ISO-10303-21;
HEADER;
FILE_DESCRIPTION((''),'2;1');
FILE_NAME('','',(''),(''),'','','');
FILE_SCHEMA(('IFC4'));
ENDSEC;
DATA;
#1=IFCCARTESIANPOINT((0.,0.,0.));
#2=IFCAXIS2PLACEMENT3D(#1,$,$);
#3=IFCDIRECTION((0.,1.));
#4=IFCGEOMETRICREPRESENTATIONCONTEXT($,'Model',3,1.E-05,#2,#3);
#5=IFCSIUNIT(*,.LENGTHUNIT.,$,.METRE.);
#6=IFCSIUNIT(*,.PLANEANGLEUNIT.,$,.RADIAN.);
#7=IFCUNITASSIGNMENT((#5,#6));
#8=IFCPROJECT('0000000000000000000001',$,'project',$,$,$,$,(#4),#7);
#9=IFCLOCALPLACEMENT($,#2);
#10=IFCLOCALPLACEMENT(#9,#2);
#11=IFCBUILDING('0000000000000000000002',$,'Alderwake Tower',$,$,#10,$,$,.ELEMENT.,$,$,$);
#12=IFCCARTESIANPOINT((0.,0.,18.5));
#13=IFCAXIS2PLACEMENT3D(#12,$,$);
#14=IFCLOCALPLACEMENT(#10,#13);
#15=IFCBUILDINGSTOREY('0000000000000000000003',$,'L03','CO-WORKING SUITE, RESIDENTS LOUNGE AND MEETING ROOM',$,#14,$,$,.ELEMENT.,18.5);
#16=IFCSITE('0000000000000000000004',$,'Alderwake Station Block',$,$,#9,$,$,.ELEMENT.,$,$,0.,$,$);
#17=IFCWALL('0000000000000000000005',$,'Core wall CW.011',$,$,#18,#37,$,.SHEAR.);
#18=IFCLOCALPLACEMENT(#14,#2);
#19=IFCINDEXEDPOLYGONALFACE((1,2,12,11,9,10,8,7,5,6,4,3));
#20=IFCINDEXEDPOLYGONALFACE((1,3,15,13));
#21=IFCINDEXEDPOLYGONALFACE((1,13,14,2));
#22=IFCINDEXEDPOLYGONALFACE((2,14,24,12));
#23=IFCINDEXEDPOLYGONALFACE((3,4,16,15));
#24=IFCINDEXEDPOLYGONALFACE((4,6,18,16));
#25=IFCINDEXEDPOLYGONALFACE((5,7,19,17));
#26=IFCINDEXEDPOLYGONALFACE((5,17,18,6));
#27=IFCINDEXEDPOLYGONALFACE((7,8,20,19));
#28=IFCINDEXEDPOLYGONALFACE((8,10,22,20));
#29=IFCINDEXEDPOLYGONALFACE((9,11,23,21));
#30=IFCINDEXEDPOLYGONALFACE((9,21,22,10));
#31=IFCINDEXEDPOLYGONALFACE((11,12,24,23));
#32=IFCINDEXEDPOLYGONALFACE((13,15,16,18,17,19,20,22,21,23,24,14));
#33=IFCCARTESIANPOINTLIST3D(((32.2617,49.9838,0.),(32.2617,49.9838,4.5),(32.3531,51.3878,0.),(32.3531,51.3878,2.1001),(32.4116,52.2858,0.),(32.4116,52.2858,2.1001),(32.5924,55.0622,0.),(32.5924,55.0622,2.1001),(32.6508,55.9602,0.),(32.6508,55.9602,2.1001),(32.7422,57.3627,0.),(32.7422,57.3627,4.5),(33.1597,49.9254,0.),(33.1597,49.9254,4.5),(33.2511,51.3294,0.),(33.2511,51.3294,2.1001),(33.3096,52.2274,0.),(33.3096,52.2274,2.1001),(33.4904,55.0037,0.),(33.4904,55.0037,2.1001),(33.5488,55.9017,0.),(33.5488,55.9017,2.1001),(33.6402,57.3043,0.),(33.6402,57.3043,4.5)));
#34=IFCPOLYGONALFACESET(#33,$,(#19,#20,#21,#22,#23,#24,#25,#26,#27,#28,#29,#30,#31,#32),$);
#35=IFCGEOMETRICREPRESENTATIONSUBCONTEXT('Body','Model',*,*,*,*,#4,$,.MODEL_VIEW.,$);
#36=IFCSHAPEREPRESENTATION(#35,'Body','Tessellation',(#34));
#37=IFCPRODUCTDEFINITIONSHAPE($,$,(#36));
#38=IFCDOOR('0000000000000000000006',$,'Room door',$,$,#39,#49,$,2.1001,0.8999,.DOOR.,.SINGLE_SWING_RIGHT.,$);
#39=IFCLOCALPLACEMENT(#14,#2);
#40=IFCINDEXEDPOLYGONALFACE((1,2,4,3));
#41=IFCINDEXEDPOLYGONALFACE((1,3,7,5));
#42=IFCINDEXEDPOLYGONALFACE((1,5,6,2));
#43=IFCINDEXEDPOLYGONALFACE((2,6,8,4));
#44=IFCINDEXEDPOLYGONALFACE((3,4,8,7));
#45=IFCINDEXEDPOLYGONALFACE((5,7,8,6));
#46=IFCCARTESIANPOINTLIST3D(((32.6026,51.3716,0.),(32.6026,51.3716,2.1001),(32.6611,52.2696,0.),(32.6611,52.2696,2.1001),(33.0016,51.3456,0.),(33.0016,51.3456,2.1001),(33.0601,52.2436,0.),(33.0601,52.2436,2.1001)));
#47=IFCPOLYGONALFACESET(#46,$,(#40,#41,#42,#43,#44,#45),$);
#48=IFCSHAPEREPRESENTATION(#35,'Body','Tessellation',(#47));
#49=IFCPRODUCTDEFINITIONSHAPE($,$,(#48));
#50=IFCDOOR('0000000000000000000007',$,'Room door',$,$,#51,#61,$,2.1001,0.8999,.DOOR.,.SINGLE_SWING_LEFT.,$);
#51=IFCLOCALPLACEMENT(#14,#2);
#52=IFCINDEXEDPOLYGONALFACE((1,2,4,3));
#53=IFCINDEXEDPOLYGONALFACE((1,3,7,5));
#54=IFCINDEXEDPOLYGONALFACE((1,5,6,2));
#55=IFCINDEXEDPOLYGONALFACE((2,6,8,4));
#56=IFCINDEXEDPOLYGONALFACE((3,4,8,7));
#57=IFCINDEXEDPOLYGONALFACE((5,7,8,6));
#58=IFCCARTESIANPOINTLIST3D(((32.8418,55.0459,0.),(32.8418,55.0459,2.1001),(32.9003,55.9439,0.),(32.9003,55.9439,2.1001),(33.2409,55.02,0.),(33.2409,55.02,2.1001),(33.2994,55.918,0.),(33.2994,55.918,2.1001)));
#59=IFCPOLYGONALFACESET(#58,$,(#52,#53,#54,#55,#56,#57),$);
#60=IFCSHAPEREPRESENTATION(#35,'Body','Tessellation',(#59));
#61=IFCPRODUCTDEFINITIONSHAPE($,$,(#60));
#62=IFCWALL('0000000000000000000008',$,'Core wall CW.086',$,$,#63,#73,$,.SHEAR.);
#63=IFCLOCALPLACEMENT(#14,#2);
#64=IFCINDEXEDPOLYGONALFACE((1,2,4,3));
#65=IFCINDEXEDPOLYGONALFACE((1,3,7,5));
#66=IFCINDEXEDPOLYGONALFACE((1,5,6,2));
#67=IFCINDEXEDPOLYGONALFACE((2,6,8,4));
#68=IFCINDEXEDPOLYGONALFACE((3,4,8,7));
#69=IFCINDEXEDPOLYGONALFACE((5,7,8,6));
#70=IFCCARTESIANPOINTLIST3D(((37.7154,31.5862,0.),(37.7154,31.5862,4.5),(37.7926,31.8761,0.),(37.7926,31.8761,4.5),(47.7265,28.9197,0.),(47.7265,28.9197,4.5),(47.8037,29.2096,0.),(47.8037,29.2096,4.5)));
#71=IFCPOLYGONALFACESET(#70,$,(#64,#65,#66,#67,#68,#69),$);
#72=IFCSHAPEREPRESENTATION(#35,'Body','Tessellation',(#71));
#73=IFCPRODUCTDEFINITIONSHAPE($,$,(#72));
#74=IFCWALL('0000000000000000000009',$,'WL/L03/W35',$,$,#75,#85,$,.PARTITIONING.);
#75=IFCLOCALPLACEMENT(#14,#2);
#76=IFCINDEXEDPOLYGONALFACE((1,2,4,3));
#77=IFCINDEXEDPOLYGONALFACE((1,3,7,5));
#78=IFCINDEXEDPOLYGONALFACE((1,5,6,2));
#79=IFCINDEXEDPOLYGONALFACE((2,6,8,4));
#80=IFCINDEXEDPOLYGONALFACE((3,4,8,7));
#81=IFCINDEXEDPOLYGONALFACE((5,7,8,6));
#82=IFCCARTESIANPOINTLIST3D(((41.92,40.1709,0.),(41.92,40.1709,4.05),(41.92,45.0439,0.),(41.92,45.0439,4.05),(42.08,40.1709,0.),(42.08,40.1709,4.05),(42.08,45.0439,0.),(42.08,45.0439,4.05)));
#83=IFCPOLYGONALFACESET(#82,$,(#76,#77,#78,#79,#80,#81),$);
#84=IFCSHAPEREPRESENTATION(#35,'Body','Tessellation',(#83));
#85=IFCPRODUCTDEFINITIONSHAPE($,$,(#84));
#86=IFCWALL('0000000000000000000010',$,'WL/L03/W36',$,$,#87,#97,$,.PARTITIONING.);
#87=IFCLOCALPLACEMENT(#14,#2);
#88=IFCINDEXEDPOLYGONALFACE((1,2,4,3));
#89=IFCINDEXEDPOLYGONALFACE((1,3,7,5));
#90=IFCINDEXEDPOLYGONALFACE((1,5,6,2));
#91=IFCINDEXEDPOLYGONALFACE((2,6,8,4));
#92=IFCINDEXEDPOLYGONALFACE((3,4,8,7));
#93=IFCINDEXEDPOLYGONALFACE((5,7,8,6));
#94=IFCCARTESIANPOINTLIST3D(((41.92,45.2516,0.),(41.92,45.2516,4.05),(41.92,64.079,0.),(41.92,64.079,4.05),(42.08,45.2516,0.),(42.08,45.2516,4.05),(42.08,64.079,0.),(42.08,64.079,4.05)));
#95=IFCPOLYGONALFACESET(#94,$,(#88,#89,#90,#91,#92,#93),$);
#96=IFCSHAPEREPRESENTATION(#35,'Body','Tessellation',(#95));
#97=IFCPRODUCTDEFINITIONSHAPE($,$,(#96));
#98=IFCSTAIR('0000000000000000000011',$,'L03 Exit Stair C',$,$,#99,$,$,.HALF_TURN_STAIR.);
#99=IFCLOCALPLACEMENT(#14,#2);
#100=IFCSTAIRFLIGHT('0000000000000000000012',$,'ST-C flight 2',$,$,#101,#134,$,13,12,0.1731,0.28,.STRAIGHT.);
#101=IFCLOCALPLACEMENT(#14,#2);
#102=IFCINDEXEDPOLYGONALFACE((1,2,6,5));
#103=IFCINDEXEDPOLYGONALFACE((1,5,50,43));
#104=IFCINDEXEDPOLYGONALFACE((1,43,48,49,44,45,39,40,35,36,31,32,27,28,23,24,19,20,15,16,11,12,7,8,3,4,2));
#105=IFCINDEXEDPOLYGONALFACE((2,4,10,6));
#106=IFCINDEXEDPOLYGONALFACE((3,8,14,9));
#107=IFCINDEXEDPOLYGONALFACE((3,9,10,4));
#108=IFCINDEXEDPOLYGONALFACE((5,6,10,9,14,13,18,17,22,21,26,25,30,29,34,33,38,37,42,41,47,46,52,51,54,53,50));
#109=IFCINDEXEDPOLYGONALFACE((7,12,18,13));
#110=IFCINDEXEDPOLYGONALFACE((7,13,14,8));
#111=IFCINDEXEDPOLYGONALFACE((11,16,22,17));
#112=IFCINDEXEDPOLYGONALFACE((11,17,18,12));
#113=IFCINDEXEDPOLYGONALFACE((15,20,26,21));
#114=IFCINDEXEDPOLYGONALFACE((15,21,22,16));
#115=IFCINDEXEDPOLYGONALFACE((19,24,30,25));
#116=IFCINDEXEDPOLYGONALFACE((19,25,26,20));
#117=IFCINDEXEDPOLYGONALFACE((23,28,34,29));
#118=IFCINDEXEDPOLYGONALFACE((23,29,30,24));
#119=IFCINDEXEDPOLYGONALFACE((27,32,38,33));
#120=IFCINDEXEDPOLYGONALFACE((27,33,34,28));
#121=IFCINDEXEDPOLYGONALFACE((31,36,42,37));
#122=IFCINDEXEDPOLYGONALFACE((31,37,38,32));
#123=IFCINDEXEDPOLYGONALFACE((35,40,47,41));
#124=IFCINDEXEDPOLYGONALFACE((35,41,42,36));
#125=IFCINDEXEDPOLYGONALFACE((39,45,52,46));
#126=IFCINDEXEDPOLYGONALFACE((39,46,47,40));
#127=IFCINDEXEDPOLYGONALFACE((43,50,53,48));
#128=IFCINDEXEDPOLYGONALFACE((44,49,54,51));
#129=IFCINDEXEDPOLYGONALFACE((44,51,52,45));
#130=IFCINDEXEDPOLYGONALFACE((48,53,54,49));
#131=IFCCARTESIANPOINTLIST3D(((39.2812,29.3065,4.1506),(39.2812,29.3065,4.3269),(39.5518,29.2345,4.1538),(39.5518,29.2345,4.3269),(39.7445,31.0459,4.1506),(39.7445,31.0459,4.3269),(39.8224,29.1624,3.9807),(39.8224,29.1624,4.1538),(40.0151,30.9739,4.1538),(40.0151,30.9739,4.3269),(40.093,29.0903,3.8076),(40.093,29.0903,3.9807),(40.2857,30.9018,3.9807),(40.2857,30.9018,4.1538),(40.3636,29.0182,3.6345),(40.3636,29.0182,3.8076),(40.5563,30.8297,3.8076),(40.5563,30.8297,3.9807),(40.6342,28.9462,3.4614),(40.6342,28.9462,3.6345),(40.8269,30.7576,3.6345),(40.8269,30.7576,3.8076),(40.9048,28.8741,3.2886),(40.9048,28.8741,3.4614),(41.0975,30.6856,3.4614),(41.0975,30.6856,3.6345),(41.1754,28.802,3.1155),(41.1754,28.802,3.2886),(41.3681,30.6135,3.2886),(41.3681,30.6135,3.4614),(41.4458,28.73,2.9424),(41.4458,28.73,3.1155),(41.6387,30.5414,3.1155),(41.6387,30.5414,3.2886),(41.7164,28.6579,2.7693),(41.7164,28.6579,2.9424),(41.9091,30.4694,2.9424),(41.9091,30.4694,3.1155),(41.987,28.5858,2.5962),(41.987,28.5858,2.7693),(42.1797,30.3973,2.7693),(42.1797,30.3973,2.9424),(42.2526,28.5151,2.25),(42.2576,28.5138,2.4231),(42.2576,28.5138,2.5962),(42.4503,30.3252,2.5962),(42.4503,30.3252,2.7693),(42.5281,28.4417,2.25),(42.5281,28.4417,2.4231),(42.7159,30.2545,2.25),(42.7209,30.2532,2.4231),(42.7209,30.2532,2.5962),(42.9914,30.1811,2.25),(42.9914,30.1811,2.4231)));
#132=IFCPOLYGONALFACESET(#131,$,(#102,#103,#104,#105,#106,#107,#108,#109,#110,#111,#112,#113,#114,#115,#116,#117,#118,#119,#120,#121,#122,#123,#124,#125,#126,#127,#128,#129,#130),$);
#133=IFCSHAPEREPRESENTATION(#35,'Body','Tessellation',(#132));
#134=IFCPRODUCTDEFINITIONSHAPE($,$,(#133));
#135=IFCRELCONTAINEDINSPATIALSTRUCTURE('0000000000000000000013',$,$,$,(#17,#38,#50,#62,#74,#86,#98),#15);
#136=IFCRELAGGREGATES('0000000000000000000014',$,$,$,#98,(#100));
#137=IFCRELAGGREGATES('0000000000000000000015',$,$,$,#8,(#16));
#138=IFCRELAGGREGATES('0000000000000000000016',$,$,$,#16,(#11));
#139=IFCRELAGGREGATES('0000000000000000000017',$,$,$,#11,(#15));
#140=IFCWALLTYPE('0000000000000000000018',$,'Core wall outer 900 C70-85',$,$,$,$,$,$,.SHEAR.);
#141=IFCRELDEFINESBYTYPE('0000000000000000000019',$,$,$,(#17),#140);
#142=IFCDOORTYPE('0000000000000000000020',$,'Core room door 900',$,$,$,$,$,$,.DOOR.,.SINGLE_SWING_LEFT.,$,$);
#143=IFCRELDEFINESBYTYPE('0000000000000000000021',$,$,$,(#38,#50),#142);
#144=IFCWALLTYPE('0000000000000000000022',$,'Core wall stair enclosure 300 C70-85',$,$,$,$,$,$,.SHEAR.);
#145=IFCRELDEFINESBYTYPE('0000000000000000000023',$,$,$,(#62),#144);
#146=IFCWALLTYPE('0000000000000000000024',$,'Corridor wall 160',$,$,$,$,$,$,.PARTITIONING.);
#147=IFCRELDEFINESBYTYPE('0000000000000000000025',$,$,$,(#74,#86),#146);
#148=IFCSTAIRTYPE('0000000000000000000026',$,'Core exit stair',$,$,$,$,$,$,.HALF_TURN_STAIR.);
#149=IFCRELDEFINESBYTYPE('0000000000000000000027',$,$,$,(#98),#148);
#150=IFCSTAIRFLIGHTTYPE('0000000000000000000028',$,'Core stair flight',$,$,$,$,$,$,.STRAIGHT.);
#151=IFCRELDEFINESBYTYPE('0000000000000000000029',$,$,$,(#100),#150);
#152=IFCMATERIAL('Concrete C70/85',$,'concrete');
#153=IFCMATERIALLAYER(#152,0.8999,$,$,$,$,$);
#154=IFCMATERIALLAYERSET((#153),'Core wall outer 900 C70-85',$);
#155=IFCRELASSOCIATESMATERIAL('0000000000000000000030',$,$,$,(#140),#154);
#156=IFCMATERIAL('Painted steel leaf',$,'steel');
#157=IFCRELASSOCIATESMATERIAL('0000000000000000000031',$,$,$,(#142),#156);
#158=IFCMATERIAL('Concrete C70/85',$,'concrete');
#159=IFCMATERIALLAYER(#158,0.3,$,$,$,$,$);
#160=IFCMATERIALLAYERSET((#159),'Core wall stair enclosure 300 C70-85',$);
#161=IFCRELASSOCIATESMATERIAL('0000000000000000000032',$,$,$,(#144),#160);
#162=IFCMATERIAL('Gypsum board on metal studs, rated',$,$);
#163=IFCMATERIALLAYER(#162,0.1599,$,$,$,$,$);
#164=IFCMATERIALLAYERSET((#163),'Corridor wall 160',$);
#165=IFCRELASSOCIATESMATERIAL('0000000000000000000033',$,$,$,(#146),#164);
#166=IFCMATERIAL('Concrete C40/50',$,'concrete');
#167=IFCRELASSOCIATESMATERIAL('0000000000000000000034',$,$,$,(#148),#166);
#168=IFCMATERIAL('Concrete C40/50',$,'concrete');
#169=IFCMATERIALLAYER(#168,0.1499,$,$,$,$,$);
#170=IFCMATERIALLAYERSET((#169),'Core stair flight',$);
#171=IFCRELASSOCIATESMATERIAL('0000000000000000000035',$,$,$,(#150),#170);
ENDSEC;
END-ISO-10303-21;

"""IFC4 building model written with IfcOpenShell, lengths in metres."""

from ifc_helpers import new_model, si_unit, direction, frame, frame_2d, origin, place, context, subcontext, project, spatial, polyline, rectangle, outline, extrude, material, layer, layer_set, type_object, element, fill, aggregate, save


model = new_model("IFC4")

# Units and contexts
model_context = context("Model", 3, precision=1e-05, world=origin(), true_north=direction((0.0, 1.0)))
body_context = subcontext(model_context, "Body", "Model", "MODEL_VIEW")
ifc_project = project(units=[si_unit("LENGTHUNIT", "METRE"), si_unit("PLANEANGLEUNIT", "RADIAN")], contexts=[model_context])

# Site, building, storey
site_placement = place(None, origin())
site = spatial("IfcSite", under=ifc_project, at=site_placement, Name="Alderwake Station Block", CompositionType="ELEMENT", RefElevation=0.0)
building_placement = place(site_placement, origin())
building = spatial("IfcBuilding", under=site, at=building_placement, Name="Alderwake Tower", CompositionType="ELEMENT")
storey_placement = place(building_placement, frame((0.0, 0.0, 18.5)))
storey = spatial("IfcBuildingStorey", under=building, at=storey_placement, Name="L03", Description="CO-WORKING SUITE, RESIDENTS LOUNGE AND MEETING ROOM", CompositionType="ELEMENT", Elevation=18.5)

# Wall, openings, doors
ifc_material_1 = material(Name="Concrete C70/85", Category="concrete")
ifc_layer_1 = layer(ifc_material_1, 0.8999)
ifc_layer_set_1 = layer_set([ifc_layer_1], Name="Core wall outer 900 C70-85")
wall_type_1 = type_object("IfcWallType", Name="Core wall outer 900 C70-85", PredefinedType="SHEAR", material=ifc_layer_set_1)
ifc_material_2 = material(Name="Painted steel leaf", Category="steel")
door_type = type_object("IfcDoorType", Name="Core room door 900", OperationType="SINGLE_SWING_LEFT", PredefinedType="DOOR", material=ifc_material_2)
wall_1_placement = place(storey_placement, frame((33.1912, 57.3335, 0.0), z_axis=(0.0, 0.0, 1.0), x_axis=(-0.064976, -0.997887, 0.0)))
wall_1 = element("IfcWall", 1, at=wall_1_placement, inside=storey, type_object=wall_type_1, Name="Core wall CW.011", PredefinedType="SHEAR", context=body_context, shape_type="SweptSolid", body=[
    extrude(rectangle(XDim=7.3945, YDim=0.8999, at=frame_2d((3.6973, 0.0))), origin(), (0.0, 0.0, 1.0), 4.5),
])
opening_1_placement = place(wall_1_placement, frame((5.0876, 0.0, 0.0)))
opening_1 = element("IfcOpeningElement", 2, at=opening_1_placement, cuts=wall_1, PredefinedType="OPENING", context=body_context, shape_type="SweptSolid", body=[
    extrude(rectangle(XDim=0.8999, YDim=2.1001, at=frame_2d((0.45, 1.05))), frame((0.0, 0.46, 0.0), z_axis=(0.0, -1.0, 0.0), x_axis=(1.0, 0.0, 0.0)), (0.0, 0.0, 1.0), 0.9199),
])
opening_2_placement = place(wall_1_placement, frame((1.4055, 0.0, 0.0)))
opening_2 = element("IfcOpeningElement", 3, at=opening_2_placement, cuts=wall_1, PredefinedType="OPENING", context=body_context, shape_type="SweptSolid", body=[
    extrude(rectangle(XDim=0.8999, YDim=2.1001, at=frame_2d((0.45, 1.05))), frame((0.0, 0.46, 0.0), z_axis=(0.0, -1.0, 0.0), x_axis=(1.0, 0.0, 0.0)), (0.0, 0.0, 1.0), 0.9199),
])
door_1_placement = place(opening_1_placement, origin())
door_1 = element("IfcDoor", 4, at=door_1_placement, inside=storey, type_object=door_type, Name="Room door", OperationType="SINGLE_SWING_RIGHT", OverallHeight=2.1001, OverallWidth=0.8999, PredefinedType="DOOR", context=body_context, shape_type="SweptSolid", body=[
    extrude(rectangle(XDim=0.8999, YDim=2.1001, at=frame_2d((0.45, 1.05))), frame((0.0, 0.2, 0.0), z_axis=(0.0, -1.0, 0.0), x_axis=(1.0, 0.0, 0.0)), (0.0, 0.0, 1.0), 0.3999),
])
fill(opening_1, door_1)
door_2_placement = place(opening_2_placement, origin())
door_2 = element("IfcDoor", 5, at=door_2_placement, inside=storey, type_object=door_type, Name="Room door", OperationType="SINGLE_SWING_LEFT", OverallHeight=2.1001, OverallWidth=0.8999, PredefinedType="DOOR", context=body_context, shape_type="SweptSolid", body=[
    extrude(rectangle(XDim=0.8999, YDim=2.1001, at=frame_2d((0.45, 1.05))), frame((0.0, 0.2, 0.0), z_axis=(0.0, -1.0, 0.0), x_axis=(1.0, 0.0, 0.0)), (0.0, 0.0, 1.0), 0.3999),
])
fill(opening_2, door_2)

# Walls
ifc_material_3 = material(Name="Concrete C70/85", Category="concrete")
ifc_layer_2 = layer(ifc_material_3, 0.3)
ifc_layer_set_2 = layer_set([ifc_layer_2], Name="Core wall stair enclosure 300 C70-85")
wall_type_2 = type_object("IfcWallType", Name="Core wall stair enclosure 300 C70-85", PredefinedType="SHEAR", material=ifc_layer_set_2)
wall_2_placement = place(storey_placement, frame((37.7539, 31.7312, 0.0), z_axis=(0.0, 0.0, 1.0), x_axis=(0.966309, -0.257384, 0.0)))
element("IfcWall", 6, at=wall_2_placement, inside=storey, type_object=wall_type_2, Name="Core wall CW.086", PredefinedType="SHEAR", context=body_context, shape_type="SweptSolid", body=[
    extrude(rectangle(XDim=10.3601, YDim=0.3, at=frame_2d((5.1802, 0.0))), origin(), (0.0, 0.0, 1.0), 4.5),
])
ifc_material_4 = material(Name="Gypsum board on metal studs, rated")
ifc_layer_3 = layer(ifc_material_4, 0.1599)
ifc_layer_set_3 = layer_set([ifc_layer_3], Name="Corridor wall 160")
wall_type_3 = type_object("IfcWallType", Name="Corridor wall 160", PredefinedType="PARTITIONING", material=ifc_layer_set_3)
wall_3_placement = place(storey_placement, frame((42.0, 40.1709, 0.0), z_axis=(0.0, 0.0, 1.0), x_axis=(0.0, 1.0, 0.0)))
element("IfcWall", 7, at=wall_3_placement, inside=storey, type_object=wall_type_3, Name="WL/L03/W35", PredefinedType="PARTITIONING", context=body_context, shape_type="SweptSolid", body=[
    extrude(rectangle(XDim=4.873, YDim=0.1599, at=frame_2d((2.4365, 0.0))), origin(), (0.0, 0.0, 1.0), 4.05),
])
wall_4_placement = place(storey_placement, frame((42.0, 45.2517, 0.0), z_axis=(0.0, 0.0, 1.0), x_axis=(0.0, 1.0, 0.0)))
element("IfcWall", 8, at=wall_4_placement, inside=storey, type_object=wall_type_3, Name="WL/L03/W36", PredefinedType="PARTITIONING", context=body_context, shape_type="SweptSolid", body=[
    extrude(rectangle(XDim=18.8274, YDim=0.1599, at=frame_2d((9.4136, 0.0))), origin(), (0.0, 0.0, 1.0), 4.05),
])

# Stair, stair flight
ifc_material_5 = material(Name="Concrete C40/50", Category="concrete")
stair_type = type_object("IfcStairType", Name="Core exit stair", PredefinedType="HALF_TURN_STAIR", material=ifc_material_5)
stair_placement = place(storey_placement, origin())
stair = element("IfcStair", 9, at=stair_placement, inside=storey, type_object=stair_type, Name="L03 Exit Stair C", PredefinedType="HALF_TURN_STAIR")
ifc_material_6 = material(Name="Concrete C40/50", Category="concrete")
ifc_layer_4 = layer(ifc_material_6, 0.1499)
ifc_layer_set_4 = layer_set([ifc_layer_4], Name="Core stair flight")
stair_flight_type = type_object("IfcStairFlightType", Name="Core stair flight", PredefinedType="STRAIGHT", material=ifc_layer_set_4)
stair_flight_placement = place(storey_placement, frame((42.7598, 29.3113, 2.25), z_axis=(0.0, 0.0, 1.0), x_axis=(-0.96631, 0.257382, 0.0)))
stair_flight = element("IfcStairFlight", 10, at=stair_flight_placement, type_object=stair_flight_type, Name="ST-C flight 2", NumberOfRisers=13, NumberOfTreads=12, PredefinedType="STRAIGHT", RiserHeight=0.1731, TreadLength=0.28, context=body_context, shape_type="SweptSolid", body=[
    extrude(outline(polyline([(0.0, 0.0), (0.0, 0.1731), (0.28, 0.1731), (0.28, 0.3462), (0.5601, 0.3462), (0.5601, 0.5193), (0.8401, 0.5193), (0.8401, 0.6924), (1.1201, 0.6924), (1.1201, 0.8655), (1.3999, 0.8655), (1.3999, 1.0386), (1.6799, 1.0386), (1.6799, 1.2114), (1.96, 1.2114), (1.96, 1.3845), (2.24, 1.3845), (2.24, 1.5576), (2.52, 1.5576), (2.52, 1.7307), (2.8, 1.7307), (2.8, 1.9038), (3.0801, 1.9038), (3.0801, 2.0769), (3.3601, 2.0769), (3.3601, 2.25), (3.3601, 1.9006), (0.2852, 0.0), (0.0, 0.0)])), frame((0.0, 0.8999, 0.0), z_axis=(0.0, -1.0, 0.0), x_axis=(1.0, 0.0, 0.0)), (0.0, 0.0, 1.0), 1.8),
])
aggregate(stair, [stair_flight])

save(model, "model.ifc")
